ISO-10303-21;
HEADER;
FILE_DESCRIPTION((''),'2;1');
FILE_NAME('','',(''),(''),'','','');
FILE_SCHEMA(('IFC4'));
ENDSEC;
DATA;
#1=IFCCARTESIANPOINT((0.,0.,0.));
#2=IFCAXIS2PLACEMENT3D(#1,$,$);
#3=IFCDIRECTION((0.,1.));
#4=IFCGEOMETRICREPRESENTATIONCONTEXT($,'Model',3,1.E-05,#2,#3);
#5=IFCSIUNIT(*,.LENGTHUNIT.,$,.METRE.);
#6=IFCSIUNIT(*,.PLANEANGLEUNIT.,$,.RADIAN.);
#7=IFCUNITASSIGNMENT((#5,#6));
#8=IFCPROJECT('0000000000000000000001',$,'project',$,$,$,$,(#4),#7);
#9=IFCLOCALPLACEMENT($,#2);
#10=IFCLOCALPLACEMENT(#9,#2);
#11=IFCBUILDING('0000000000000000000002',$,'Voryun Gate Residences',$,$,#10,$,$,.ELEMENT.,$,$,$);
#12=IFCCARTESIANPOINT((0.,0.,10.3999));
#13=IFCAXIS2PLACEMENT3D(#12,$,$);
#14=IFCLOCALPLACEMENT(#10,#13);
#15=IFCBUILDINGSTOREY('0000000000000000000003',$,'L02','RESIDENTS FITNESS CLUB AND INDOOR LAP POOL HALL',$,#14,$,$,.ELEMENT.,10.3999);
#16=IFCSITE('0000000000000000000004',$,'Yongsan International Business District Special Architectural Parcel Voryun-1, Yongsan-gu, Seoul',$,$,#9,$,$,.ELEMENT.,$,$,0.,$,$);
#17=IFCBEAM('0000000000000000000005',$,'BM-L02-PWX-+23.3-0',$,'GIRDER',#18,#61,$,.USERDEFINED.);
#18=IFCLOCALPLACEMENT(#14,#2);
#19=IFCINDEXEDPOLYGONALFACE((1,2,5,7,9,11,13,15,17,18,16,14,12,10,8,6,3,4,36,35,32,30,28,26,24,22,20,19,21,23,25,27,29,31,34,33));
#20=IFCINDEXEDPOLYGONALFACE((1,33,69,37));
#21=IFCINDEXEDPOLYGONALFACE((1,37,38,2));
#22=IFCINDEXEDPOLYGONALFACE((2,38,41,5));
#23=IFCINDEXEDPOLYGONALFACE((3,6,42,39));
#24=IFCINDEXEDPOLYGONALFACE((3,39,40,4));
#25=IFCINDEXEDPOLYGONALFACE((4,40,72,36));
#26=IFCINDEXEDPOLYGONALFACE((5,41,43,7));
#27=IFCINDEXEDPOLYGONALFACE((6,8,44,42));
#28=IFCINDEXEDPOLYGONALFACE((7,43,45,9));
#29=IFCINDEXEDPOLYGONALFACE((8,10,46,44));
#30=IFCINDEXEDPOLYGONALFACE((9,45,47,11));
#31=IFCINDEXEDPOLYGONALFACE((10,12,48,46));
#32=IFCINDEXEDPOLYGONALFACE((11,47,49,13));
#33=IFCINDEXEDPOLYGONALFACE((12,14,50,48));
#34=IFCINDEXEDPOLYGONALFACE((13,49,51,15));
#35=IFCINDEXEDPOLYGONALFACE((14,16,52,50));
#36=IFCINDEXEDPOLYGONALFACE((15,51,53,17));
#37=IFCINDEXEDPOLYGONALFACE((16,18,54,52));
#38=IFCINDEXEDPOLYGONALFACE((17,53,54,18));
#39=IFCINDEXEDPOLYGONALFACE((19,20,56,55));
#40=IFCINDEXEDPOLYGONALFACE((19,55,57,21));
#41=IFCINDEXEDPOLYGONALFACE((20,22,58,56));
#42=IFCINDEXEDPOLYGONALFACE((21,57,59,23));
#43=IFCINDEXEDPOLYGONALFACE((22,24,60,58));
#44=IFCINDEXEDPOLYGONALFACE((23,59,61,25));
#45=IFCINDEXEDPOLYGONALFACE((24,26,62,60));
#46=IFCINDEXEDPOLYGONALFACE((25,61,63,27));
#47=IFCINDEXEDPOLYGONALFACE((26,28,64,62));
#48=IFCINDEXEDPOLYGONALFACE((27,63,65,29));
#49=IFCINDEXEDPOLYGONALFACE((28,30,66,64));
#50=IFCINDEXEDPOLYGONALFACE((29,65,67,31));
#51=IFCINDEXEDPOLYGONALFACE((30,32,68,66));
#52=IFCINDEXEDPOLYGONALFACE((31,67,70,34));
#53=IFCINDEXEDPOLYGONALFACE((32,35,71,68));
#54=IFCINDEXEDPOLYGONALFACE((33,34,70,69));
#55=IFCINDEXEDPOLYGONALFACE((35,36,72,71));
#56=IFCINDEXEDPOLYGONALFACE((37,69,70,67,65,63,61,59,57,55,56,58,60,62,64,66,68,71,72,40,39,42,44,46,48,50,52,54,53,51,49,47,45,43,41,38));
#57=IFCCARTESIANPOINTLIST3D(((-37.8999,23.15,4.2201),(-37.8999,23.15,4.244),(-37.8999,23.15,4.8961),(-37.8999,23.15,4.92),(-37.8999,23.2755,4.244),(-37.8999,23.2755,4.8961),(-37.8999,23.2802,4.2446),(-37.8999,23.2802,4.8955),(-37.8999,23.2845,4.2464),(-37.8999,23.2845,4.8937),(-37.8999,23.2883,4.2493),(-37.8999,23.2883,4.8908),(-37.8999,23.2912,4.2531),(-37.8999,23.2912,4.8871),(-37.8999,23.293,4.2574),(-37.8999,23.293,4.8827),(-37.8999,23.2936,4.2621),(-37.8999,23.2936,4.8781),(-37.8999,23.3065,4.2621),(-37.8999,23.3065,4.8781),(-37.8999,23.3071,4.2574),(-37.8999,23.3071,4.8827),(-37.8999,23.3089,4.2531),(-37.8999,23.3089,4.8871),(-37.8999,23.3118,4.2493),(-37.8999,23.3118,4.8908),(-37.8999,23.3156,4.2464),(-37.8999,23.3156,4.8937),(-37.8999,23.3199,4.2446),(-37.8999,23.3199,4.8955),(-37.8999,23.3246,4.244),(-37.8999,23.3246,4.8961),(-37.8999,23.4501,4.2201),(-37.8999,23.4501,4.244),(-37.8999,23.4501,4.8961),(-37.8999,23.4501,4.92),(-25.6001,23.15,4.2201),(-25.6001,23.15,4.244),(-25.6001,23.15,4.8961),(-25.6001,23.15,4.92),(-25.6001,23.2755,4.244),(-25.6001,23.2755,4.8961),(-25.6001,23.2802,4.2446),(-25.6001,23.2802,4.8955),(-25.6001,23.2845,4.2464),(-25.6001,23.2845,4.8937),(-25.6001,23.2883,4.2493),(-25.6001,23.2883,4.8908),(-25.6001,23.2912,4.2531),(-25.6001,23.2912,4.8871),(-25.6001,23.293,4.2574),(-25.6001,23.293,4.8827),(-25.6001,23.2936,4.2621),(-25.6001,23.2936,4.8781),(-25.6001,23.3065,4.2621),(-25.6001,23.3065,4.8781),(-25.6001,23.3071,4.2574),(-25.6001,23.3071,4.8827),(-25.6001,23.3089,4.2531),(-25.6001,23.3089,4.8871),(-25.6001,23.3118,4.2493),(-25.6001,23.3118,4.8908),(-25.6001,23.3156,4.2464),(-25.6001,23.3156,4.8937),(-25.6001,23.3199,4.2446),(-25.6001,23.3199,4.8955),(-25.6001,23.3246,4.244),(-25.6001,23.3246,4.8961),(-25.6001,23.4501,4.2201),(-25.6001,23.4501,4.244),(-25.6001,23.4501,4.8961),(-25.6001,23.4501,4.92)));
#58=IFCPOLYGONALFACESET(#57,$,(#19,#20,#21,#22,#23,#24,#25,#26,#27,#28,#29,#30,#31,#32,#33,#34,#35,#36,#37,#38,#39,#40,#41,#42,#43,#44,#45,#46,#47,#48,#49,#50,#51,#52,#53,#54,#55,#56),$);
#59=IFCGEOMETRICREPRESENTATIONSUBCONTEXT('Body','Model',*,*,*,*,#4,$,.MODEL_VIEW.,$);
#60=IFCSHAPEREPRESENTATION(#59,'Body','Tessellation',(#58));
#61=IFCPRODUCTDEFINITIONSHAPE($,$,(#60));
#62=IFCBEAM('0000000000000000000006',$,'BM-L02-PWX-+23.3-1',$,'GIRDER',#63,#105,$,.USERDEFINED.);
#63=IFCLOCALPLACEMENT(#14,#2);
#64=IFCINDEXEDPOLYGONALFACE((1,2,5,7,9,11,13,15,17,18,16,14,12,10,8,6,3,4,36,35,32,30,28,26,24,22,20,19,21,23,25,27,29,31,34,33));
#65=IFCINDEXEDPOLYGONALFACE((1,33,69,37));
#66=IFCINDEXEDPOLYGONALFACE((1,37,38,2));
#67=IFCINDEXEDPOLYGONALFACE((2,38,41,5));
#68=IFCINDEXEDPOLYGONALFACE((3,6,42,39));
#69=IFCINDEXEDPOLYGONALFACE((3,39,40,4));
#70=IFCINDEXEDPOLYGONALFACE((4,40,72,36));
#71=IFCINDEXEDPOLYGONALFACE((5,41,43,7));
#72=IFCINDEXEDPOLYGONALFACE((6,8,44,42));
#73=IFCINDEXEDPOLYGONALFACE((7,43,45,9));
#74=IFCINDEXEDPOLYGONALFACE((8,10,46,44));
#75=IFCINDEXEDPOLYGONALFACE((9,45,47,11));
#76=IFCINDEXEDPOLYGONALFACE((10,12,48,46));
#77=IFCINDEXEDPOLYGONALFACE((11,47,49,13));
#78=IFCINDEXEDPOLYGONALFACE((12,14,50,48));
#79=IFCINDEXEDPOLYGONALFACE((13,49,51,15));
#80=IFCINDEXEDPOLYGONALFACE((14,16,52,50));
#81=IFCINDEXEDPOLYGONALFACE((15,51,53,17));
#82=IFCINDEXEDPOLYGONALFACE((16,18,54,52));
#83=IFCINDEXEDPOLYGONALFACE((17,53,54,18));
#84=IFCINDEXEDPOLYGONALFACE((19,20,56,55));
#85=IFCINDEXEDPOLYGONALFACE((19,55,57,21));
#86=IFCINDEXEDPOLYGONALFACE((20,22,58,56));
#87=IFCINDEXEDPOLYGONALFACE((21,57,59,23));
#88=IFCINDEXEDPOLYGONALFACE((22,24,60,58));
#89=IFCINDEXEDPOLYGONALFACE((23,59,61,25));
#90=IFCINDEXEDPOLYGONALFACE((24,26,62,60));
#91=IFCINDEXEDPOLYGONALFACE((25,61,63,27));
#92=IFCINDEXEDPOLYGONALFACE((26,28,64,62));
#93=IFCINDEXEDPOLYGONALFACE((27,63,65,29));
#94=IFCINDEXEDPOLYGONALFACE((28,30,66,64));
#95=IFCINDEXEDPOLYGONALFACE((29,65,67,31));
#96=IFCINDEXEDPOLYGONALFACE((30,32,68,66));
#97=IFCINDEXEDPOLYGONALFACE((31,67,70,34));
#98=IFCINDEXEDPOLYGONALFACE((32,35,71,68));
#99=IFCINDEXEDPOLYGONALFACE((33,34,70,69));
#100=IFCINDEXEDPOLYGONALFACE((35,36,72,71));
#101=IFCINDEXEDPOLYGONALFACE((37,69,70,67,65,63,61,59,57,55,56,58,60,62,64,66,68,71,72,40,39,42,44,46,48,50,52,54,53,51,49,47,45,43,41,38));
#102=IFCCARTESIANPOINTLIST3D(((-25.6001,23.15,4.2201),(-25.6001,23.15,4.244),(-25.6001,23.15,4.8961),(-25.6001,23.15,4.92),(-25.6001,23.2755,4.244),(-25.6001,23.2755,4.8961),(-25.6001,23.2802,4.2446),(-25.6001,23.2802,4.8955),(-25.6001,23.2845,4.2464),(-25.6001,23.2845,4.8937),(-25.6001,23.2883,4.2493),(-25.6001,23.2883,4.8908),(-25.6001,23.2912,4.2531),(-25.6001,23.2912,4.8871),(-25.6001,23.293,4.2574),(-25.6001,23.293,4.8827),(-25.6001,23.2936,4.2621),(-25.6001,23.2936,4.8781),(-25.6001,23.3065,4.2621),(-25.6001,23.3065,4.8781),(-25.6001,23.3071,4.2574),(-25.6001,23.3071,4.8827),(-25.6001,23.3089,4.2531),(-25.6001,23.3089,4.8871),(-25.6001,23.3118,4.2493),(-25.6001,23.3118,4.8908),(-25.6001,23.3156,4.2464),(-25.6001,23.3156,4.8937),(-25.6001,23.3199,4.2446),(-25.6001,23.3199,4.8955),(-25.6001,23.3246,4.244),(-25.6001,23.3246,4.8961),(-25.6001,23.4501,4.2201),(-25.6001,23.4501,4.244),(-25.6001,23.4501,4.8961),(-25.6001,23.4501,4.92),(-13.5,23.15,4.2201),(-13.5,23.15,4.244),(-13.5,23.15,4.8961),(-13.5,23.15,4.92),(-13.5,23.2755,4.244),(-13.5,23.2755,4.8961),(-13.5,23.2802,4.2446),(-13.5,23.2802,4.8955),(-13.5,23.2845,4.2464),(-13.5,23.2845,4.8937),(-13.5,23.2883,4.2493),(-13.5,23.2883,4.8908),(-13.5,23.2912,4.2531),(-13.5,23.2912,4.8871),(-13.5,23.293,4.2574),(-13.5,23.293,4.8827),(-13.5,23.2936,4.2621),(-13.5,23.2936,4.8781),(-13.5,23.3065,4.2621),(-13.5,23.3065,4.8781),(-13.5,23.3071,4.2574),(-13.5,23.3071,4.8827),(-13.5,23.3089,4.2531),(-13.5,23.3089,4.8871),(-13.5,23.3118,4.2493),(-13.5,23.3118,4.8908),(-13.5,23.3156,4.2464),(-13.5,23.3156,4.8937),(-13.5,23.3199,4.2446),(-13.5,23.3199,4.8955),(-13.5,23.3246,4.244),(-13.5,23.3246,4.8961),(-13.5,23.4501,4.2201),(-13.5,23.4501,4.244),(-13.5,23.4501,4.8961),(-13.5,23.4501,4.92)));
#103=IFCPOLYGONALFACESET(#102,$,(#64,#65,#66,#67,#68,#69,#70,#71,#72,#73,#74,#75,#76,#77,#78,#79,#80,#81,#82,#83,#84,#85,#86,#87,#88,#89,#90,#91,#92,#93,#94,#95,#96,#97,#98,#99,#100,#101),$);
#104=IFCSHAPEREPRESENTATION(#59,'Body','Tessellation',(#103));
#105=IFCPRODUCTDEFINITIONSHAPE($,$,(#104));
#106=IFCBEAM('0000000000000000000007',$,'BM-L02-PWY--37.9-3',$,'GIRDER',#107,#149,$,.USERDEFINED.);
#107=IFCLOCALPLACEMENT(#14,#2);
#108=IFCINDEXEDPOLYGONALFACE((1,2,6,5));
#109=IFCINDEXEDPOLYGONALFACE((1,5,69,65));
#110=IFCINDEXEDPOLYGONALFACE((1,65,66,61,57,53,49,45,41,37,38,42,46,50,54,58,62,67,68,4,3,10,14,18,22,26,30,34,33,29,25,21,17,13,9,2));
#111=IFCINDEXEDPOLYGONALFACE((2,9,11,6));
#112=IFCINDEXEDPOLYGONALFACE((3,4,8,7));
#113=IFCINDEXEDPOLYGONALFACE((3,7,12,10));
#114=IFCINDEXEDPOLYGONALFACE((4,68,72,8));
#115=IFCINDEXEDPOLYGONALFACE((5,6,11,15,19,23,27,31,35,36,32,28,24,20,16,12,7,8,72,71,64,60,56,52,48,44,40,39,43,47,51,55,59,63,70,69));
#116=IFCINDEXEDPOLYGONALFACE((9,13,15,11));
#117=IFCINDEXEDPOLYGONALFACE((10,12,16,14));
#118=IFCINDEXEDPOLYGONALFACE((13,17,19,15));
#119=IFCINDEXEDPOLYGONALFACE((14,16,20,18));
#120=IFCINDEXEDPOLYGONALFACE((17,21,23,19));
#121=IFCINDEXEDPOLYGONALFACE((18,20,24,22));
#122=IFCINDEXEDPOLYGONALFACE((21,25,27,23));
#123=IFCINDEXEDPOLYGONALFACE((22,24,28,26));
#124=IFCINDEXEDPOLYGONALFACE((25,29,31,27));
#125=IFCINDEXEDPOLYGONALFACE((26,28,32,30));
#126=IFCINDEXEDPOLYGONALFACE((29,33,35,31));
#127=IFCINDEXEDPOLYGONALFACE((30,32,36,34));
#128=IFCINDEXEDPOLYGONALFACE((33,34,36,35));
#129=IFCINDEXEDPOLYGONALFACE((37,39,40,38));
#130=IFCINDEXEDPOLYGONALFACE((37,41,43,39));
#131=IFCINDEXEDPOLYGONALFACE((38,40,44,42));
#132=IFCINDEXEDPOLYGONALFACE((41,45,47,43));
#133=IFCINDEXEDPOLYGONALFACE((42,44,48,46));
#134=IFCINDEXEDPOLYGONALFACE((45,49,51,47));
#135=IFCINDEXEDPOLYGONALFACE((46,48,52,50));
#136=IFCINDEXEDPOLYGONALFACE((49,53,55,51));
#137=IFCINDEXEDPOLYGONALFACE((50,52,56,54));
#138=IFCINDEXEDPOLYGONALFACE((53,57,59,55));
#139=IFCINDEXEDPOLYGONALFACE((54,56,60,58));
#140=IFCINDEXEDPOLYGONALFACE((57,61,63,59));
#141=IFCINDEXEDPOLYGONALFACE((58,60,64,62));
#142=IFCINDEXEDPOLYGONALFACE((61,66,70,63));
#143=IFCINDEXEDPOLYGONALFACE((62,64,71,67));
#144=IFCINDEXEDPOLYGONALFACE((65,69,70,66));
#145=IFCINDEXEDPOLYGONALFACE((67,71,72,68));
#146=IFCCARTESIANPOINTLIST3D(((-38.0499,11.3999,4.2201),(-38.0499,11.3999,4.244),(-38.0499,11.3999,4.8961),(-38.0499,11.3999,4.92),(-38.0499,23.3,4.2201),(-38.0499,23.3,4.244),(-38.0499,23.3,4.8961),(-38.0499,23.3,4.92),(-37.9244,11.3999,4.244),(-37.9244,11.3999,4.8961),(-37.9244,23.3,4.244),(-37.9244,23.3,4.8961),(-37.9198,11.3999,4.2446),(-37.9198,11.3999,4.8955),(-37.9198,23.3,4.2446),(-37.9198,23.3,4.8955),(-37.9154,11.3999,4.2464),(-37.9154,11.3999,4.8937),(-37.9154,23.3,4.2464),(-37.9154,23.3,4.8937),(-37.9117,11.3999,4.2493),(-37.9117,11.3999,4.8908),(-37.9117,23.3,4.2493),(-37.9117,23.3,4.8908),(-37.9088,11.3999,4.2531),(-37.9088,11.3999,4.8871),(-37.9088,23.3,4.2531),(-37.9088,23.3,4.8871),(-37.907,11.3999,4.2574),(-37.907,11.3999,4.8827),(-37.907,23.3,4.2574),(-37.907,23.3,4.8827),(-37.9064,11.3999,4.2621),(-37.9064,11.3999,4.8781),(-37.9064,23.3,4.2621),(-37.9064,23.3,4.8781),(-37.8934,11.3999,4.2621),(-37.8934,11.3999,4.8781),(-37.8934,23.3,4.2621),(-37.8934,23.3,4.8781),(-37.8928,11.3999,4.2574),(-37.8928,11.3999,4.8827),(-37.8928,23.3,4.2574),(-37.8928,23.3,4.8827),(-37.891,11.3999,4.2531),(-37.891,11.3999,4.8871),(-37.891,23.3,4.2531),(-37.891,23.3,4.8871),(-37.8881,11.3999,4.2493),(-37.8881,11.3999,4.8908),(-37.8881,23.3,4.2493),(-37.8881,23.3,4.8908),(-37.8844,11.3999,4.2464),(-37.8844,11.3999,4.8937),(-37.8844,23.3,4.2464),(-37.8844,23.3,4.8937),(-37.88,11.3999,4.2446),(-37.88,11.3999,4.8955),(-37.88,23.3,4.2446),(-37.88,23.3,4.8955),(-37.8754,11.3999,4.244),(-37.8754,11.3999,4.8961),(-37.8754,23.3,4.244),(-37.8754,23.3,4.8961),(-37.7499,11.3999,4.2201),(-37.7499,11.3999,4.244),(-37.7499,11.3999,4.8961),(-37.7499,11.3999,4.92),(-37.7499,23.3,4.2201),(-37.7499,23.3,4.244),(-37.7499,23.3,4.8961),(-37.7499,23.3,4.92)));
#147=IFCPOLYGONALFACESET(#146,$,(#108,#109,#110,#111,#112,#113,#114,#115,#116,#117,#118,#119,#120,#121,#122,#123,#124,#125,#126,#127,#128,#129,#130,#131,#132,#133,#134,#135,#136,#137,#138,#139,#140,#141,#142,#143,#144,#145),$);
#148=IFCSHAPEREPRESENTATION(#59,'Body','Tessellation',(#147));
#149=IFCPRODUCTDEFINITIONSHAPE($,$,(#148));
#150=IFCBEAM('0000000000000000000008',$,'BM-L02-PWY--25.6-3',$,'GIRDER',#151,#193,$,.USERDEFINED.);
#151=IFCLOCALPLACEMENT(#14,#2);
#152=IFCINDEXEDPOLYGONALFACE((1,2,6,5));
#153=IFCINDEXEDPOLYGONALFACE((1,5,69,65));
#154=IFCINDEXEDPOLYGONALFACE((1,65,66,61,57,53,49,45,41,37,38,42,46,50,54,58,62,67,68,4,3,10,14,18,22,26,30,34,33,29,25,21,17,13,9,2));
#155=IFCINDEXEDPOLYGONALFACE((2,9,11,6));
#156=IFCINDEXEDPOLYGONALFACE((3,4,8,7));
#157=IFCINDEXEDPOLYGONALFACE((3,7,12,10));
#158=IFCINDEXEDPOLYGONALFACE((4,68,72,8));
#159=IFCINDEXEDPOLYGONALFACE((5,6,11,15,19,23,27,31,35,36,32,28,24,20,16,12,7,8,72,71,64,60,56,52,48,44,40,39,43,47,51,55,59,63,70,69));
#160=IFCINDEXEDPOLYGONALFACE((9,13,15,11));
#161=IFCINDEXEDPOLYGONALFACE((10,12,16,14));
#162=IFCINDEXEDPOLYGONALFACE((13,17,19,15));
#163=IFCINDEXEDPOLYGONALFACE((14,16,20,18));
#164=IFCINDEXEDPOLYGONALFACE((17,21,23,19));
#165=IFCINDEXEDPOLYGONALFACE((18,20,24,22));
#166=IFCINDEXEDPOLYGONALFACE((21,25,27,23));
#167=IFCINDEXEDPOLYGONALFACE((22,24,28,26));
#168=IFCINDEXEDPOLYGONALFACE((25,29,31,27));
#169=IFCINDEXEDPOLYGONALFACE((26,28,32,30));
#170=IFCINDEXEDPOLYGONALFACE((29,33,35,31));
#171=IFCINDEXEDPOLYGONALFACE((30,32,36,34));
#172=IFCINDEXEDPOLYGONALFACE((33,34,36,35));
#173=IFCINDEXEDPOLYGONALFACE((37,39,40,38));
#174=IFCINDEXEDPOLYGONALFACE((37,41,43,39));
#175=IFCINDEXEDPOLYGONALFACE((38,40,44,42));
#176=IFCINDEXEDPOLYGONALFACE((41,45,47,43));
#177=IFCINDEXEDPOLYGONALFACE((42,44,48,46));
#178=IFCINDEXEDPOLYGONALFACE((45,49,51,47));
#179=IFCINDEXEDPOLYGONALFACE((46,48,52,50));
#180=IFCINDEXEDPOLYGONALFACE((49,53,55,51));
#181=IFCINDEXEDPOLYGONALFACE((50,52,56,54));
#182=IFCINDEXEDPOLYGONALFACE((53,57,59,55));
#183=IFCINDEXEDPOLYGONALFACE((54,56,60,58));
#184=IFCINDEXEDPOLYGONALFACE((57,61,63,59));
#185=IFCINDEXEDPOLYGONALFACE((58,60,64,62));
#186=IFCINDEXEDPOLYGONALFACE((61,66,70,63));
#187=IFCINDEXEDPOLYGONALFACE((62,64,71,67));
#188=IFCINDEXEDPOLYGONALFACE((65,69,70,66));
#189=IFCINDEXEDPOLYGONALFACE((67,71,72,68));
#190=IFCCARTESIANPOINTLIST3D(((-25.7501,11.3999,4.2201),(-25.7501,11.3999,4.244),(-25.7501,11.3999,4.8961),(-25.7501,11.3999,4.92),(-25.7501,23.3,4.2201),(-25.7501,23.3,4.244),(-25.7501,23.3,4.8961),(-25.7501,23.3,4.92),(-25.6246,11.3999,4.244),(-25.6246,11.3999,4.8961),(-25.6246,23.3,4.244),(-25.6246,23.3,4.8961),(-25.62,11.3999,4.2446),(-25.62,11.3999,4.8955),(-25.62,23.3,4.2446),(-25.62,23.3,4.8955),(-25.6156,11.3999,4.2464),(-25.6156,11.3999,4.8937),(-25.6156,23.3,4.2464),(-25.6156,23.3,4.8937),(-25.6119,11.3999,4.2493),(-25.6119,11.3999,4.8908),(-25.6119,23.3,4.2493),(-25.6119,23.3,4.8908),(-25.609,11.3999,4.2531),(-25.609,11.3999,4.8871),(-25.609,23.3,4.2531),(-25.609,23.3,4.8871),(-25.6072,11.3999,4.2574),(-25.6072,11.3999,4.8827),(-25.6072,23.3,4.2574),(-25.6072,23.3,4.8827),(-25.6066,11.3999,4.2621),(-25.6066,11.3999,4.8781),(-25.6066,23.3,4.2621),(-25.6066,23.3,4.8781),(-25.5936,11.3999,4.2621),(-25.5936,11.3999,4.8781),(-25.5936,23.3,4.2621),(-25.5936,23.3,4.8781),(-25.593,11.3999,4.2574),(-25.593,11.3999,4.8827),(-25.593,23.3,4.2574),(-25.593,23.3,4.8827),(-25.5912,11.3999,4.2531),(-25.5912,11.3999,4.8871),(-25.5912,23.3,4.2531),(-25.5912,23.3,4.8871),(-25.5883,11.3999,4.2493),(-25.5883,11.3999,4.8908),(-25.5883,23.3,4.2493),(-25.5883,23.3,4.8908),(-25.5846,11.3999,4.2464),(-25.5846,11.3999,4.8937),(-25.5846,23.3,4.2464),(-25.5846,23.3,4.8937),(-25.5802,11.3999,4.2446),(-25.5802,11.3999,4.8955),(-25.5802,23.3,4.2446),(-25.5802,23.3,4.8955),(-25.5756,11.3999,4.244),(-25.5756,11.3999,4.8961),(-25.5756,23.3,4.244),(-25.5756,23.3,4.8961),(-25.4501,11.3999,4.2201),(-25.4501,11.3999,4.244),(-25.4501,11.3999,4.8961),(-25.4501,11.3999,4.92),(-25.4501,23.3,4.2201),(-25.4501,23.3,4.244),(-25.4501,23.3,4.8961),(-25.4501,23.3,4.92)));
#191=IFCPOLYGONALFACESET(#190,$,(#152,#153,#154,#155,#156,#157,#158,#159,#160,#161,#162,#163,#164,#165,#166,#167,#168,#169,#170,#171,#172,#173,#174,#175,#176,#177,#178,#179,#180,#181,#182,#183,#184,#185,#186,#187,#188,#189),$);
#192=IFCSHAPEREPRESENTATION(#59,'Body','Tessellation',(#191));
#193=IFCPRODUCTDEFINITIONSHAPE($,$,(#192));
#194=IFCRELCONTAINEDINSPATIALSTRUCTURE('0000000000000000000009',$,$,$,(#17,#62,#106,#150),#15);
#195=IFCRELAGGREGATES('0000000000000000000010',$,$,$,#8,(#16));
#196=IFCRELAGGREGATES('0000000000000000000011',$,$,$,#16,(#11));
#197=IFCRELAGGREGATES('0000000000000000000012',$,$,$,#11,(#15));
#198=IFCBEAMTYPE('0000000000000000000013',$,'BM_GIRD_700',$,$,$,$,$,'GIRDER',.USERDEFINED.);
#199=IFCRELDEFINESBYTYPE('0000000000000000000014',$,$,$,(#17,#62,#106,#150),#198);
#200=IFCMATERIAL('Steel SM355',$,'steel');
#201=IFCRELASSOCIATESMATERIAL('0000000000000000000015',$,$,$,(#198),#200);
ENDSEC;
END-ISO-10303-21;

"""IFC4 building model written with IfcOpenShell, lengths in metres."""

from ifc_helpers import new_model, si_unit, direction, frame, origin, origin_2d, place, context, subcontext, project, spatial, i_section, extrude, material, material_profile, profile_set, type_object, element, save


model = new_model("IFC4")

# Units and contexts
model_context = context("Model", 3, precision=1e-05, world=origin(), true_north=direction((0.0, 1.0)))
body_context = subcontext(model_context, "Body", "Model", "MODEL_VIEW")
ifc_project = project(units=[si_unit("LENGTHUNIT", "METRE"), si_unit("PLANEANGLEUNIT", "RADIAN")], contexts=[model_context])

# Site, building, storey
site_placement = place(None, origin())
site = spatial("IfcSite", under=ifc_project, at=site_placement, Name="Yongsan International Business District Special Architectural Parcel Voryun-1, Yongsan-gu, Seoul", CompositionType="ELEMENT", RefElevation=0.0)
building_placement = place(site_placement, origin())
building = spatial("IfcBuilding", under=site, at=building_placement, Name="Voryun Gate Residences", CompositionType="ELEMENT")
storey_placement = place(building_placement, frame((0.0, 0.0, 10.3999)))
storey = spatial("IfcBuildingStorey", under=building, at=storey_placement, Name="L02", Description="RESIDENTS FITNESS CLUB AND INDOOR LAP POOL HALL", CompositionType="ELEMENT", Elevation=10.3999)

# Beams
ifc_material_1 = material(Name="Steel SM355", Category="steel")
ifc_material_profile_1 = material_profile(ifc_material_1, i_section(OverallWidth=0.3, OverallDepth=0.7, WebThickness=0.0129, FlangeThickness=0.0239, FilletRadius=0.0181, at=origin_2d()), Name="H-700x300x13x24")
ifc_profile_set_1 = profile_set([ifc_material_profile_1], Name="Steel SM355")
beam_type_1 = type_object("IfcBeamType", Name="BM_GIRD_700", ElementType="GIRDER", PredefinedType="USERDEFINED", material=ifc_profile_set_1)
beam_1_placement = place(storey_placement, frame((-37.8999, 23.3, 4.5701), z_axis=(1.0, 0.0, 0.0), x_axis=(0.0, 1.0, 0.0)))
element("IfcBeam", 1, at=beam_1_placement, inside=storey, type_object=beam_type_1, Name="BM-L02-PWX-+23.3-0", ObjectType="GIRDER", PredefinedType="USERDEFINED", context=body_context, shape_type="SweptSolid", body=[
    extrude(i_section(OverallWidth=0.3, OverallDepth=0.7, WebThickness=0.0129, FlangeThickness=0.0239, FilletRadius=0.0181, at=origin_2d()), origin(), (0.0, 0.0, 1.0), 12.2998),
])
beam_2_placement = place(storey_placement, frame((-25.6001, 23.3, 4.5701), z_axis=(1.0, 0.0, 0.0), x_axis=(0.0, 1.0, 0.0)))
element("IfcBeam", 2, at=beam_2_placement, inside=storey, type_object=beam_type_1, Name="BM-L02-PWX-+23.3-1", ObjectType="GIRDER", PredefinedType="USERDEFINED", context=body_context, shape_type="SweptSolid", body=[
    extrude(i_section(OverallWidth=0.3, OverallDepth=0.7, WebThickness=0.0129, FlangeThickness=0.0239, FilletRadius=0.0181, at=origin_2d()), origin(), (0.0, 0.0, 1.0), 12.1001),
])
for number, where, z_axis, x_axis, name in (
    (3, (-37.8999, 11.3999, 4.5701), (0.0, 1.0, 0.0), (-1.0, 0.0, 0.0), "BM-L02-PWY--37.9-3"),
    (4, (-25.6001, 11.3999, 4.5701), (0.0, 1.0, 0.0), (-1.0, 0.0, 0.0), "BM-L02-PWY--25.6-3"),
):
    element("IfcBeam", number, at=place(storey_placement, frame(where, z_axis=z_axis, x_axis=x_axis)), inside=storey, type_object=beam_type_1, Name=name, ObjectType="GIRDER", PredefinedType="USERDEFINED", context=body_context, shape_type="SweptSolid", body=[
        extrude(i_section(OverallWidth=0.3, OverallDepth=0.7, WebThickness=0.0129, FlangeThickness=0.0239, FilletRadius=0.0181, at=origin_2d()), origin(), (0.0, 0.0, 1.0), 11.9001),
    ])

save(model, "model.ifc")
